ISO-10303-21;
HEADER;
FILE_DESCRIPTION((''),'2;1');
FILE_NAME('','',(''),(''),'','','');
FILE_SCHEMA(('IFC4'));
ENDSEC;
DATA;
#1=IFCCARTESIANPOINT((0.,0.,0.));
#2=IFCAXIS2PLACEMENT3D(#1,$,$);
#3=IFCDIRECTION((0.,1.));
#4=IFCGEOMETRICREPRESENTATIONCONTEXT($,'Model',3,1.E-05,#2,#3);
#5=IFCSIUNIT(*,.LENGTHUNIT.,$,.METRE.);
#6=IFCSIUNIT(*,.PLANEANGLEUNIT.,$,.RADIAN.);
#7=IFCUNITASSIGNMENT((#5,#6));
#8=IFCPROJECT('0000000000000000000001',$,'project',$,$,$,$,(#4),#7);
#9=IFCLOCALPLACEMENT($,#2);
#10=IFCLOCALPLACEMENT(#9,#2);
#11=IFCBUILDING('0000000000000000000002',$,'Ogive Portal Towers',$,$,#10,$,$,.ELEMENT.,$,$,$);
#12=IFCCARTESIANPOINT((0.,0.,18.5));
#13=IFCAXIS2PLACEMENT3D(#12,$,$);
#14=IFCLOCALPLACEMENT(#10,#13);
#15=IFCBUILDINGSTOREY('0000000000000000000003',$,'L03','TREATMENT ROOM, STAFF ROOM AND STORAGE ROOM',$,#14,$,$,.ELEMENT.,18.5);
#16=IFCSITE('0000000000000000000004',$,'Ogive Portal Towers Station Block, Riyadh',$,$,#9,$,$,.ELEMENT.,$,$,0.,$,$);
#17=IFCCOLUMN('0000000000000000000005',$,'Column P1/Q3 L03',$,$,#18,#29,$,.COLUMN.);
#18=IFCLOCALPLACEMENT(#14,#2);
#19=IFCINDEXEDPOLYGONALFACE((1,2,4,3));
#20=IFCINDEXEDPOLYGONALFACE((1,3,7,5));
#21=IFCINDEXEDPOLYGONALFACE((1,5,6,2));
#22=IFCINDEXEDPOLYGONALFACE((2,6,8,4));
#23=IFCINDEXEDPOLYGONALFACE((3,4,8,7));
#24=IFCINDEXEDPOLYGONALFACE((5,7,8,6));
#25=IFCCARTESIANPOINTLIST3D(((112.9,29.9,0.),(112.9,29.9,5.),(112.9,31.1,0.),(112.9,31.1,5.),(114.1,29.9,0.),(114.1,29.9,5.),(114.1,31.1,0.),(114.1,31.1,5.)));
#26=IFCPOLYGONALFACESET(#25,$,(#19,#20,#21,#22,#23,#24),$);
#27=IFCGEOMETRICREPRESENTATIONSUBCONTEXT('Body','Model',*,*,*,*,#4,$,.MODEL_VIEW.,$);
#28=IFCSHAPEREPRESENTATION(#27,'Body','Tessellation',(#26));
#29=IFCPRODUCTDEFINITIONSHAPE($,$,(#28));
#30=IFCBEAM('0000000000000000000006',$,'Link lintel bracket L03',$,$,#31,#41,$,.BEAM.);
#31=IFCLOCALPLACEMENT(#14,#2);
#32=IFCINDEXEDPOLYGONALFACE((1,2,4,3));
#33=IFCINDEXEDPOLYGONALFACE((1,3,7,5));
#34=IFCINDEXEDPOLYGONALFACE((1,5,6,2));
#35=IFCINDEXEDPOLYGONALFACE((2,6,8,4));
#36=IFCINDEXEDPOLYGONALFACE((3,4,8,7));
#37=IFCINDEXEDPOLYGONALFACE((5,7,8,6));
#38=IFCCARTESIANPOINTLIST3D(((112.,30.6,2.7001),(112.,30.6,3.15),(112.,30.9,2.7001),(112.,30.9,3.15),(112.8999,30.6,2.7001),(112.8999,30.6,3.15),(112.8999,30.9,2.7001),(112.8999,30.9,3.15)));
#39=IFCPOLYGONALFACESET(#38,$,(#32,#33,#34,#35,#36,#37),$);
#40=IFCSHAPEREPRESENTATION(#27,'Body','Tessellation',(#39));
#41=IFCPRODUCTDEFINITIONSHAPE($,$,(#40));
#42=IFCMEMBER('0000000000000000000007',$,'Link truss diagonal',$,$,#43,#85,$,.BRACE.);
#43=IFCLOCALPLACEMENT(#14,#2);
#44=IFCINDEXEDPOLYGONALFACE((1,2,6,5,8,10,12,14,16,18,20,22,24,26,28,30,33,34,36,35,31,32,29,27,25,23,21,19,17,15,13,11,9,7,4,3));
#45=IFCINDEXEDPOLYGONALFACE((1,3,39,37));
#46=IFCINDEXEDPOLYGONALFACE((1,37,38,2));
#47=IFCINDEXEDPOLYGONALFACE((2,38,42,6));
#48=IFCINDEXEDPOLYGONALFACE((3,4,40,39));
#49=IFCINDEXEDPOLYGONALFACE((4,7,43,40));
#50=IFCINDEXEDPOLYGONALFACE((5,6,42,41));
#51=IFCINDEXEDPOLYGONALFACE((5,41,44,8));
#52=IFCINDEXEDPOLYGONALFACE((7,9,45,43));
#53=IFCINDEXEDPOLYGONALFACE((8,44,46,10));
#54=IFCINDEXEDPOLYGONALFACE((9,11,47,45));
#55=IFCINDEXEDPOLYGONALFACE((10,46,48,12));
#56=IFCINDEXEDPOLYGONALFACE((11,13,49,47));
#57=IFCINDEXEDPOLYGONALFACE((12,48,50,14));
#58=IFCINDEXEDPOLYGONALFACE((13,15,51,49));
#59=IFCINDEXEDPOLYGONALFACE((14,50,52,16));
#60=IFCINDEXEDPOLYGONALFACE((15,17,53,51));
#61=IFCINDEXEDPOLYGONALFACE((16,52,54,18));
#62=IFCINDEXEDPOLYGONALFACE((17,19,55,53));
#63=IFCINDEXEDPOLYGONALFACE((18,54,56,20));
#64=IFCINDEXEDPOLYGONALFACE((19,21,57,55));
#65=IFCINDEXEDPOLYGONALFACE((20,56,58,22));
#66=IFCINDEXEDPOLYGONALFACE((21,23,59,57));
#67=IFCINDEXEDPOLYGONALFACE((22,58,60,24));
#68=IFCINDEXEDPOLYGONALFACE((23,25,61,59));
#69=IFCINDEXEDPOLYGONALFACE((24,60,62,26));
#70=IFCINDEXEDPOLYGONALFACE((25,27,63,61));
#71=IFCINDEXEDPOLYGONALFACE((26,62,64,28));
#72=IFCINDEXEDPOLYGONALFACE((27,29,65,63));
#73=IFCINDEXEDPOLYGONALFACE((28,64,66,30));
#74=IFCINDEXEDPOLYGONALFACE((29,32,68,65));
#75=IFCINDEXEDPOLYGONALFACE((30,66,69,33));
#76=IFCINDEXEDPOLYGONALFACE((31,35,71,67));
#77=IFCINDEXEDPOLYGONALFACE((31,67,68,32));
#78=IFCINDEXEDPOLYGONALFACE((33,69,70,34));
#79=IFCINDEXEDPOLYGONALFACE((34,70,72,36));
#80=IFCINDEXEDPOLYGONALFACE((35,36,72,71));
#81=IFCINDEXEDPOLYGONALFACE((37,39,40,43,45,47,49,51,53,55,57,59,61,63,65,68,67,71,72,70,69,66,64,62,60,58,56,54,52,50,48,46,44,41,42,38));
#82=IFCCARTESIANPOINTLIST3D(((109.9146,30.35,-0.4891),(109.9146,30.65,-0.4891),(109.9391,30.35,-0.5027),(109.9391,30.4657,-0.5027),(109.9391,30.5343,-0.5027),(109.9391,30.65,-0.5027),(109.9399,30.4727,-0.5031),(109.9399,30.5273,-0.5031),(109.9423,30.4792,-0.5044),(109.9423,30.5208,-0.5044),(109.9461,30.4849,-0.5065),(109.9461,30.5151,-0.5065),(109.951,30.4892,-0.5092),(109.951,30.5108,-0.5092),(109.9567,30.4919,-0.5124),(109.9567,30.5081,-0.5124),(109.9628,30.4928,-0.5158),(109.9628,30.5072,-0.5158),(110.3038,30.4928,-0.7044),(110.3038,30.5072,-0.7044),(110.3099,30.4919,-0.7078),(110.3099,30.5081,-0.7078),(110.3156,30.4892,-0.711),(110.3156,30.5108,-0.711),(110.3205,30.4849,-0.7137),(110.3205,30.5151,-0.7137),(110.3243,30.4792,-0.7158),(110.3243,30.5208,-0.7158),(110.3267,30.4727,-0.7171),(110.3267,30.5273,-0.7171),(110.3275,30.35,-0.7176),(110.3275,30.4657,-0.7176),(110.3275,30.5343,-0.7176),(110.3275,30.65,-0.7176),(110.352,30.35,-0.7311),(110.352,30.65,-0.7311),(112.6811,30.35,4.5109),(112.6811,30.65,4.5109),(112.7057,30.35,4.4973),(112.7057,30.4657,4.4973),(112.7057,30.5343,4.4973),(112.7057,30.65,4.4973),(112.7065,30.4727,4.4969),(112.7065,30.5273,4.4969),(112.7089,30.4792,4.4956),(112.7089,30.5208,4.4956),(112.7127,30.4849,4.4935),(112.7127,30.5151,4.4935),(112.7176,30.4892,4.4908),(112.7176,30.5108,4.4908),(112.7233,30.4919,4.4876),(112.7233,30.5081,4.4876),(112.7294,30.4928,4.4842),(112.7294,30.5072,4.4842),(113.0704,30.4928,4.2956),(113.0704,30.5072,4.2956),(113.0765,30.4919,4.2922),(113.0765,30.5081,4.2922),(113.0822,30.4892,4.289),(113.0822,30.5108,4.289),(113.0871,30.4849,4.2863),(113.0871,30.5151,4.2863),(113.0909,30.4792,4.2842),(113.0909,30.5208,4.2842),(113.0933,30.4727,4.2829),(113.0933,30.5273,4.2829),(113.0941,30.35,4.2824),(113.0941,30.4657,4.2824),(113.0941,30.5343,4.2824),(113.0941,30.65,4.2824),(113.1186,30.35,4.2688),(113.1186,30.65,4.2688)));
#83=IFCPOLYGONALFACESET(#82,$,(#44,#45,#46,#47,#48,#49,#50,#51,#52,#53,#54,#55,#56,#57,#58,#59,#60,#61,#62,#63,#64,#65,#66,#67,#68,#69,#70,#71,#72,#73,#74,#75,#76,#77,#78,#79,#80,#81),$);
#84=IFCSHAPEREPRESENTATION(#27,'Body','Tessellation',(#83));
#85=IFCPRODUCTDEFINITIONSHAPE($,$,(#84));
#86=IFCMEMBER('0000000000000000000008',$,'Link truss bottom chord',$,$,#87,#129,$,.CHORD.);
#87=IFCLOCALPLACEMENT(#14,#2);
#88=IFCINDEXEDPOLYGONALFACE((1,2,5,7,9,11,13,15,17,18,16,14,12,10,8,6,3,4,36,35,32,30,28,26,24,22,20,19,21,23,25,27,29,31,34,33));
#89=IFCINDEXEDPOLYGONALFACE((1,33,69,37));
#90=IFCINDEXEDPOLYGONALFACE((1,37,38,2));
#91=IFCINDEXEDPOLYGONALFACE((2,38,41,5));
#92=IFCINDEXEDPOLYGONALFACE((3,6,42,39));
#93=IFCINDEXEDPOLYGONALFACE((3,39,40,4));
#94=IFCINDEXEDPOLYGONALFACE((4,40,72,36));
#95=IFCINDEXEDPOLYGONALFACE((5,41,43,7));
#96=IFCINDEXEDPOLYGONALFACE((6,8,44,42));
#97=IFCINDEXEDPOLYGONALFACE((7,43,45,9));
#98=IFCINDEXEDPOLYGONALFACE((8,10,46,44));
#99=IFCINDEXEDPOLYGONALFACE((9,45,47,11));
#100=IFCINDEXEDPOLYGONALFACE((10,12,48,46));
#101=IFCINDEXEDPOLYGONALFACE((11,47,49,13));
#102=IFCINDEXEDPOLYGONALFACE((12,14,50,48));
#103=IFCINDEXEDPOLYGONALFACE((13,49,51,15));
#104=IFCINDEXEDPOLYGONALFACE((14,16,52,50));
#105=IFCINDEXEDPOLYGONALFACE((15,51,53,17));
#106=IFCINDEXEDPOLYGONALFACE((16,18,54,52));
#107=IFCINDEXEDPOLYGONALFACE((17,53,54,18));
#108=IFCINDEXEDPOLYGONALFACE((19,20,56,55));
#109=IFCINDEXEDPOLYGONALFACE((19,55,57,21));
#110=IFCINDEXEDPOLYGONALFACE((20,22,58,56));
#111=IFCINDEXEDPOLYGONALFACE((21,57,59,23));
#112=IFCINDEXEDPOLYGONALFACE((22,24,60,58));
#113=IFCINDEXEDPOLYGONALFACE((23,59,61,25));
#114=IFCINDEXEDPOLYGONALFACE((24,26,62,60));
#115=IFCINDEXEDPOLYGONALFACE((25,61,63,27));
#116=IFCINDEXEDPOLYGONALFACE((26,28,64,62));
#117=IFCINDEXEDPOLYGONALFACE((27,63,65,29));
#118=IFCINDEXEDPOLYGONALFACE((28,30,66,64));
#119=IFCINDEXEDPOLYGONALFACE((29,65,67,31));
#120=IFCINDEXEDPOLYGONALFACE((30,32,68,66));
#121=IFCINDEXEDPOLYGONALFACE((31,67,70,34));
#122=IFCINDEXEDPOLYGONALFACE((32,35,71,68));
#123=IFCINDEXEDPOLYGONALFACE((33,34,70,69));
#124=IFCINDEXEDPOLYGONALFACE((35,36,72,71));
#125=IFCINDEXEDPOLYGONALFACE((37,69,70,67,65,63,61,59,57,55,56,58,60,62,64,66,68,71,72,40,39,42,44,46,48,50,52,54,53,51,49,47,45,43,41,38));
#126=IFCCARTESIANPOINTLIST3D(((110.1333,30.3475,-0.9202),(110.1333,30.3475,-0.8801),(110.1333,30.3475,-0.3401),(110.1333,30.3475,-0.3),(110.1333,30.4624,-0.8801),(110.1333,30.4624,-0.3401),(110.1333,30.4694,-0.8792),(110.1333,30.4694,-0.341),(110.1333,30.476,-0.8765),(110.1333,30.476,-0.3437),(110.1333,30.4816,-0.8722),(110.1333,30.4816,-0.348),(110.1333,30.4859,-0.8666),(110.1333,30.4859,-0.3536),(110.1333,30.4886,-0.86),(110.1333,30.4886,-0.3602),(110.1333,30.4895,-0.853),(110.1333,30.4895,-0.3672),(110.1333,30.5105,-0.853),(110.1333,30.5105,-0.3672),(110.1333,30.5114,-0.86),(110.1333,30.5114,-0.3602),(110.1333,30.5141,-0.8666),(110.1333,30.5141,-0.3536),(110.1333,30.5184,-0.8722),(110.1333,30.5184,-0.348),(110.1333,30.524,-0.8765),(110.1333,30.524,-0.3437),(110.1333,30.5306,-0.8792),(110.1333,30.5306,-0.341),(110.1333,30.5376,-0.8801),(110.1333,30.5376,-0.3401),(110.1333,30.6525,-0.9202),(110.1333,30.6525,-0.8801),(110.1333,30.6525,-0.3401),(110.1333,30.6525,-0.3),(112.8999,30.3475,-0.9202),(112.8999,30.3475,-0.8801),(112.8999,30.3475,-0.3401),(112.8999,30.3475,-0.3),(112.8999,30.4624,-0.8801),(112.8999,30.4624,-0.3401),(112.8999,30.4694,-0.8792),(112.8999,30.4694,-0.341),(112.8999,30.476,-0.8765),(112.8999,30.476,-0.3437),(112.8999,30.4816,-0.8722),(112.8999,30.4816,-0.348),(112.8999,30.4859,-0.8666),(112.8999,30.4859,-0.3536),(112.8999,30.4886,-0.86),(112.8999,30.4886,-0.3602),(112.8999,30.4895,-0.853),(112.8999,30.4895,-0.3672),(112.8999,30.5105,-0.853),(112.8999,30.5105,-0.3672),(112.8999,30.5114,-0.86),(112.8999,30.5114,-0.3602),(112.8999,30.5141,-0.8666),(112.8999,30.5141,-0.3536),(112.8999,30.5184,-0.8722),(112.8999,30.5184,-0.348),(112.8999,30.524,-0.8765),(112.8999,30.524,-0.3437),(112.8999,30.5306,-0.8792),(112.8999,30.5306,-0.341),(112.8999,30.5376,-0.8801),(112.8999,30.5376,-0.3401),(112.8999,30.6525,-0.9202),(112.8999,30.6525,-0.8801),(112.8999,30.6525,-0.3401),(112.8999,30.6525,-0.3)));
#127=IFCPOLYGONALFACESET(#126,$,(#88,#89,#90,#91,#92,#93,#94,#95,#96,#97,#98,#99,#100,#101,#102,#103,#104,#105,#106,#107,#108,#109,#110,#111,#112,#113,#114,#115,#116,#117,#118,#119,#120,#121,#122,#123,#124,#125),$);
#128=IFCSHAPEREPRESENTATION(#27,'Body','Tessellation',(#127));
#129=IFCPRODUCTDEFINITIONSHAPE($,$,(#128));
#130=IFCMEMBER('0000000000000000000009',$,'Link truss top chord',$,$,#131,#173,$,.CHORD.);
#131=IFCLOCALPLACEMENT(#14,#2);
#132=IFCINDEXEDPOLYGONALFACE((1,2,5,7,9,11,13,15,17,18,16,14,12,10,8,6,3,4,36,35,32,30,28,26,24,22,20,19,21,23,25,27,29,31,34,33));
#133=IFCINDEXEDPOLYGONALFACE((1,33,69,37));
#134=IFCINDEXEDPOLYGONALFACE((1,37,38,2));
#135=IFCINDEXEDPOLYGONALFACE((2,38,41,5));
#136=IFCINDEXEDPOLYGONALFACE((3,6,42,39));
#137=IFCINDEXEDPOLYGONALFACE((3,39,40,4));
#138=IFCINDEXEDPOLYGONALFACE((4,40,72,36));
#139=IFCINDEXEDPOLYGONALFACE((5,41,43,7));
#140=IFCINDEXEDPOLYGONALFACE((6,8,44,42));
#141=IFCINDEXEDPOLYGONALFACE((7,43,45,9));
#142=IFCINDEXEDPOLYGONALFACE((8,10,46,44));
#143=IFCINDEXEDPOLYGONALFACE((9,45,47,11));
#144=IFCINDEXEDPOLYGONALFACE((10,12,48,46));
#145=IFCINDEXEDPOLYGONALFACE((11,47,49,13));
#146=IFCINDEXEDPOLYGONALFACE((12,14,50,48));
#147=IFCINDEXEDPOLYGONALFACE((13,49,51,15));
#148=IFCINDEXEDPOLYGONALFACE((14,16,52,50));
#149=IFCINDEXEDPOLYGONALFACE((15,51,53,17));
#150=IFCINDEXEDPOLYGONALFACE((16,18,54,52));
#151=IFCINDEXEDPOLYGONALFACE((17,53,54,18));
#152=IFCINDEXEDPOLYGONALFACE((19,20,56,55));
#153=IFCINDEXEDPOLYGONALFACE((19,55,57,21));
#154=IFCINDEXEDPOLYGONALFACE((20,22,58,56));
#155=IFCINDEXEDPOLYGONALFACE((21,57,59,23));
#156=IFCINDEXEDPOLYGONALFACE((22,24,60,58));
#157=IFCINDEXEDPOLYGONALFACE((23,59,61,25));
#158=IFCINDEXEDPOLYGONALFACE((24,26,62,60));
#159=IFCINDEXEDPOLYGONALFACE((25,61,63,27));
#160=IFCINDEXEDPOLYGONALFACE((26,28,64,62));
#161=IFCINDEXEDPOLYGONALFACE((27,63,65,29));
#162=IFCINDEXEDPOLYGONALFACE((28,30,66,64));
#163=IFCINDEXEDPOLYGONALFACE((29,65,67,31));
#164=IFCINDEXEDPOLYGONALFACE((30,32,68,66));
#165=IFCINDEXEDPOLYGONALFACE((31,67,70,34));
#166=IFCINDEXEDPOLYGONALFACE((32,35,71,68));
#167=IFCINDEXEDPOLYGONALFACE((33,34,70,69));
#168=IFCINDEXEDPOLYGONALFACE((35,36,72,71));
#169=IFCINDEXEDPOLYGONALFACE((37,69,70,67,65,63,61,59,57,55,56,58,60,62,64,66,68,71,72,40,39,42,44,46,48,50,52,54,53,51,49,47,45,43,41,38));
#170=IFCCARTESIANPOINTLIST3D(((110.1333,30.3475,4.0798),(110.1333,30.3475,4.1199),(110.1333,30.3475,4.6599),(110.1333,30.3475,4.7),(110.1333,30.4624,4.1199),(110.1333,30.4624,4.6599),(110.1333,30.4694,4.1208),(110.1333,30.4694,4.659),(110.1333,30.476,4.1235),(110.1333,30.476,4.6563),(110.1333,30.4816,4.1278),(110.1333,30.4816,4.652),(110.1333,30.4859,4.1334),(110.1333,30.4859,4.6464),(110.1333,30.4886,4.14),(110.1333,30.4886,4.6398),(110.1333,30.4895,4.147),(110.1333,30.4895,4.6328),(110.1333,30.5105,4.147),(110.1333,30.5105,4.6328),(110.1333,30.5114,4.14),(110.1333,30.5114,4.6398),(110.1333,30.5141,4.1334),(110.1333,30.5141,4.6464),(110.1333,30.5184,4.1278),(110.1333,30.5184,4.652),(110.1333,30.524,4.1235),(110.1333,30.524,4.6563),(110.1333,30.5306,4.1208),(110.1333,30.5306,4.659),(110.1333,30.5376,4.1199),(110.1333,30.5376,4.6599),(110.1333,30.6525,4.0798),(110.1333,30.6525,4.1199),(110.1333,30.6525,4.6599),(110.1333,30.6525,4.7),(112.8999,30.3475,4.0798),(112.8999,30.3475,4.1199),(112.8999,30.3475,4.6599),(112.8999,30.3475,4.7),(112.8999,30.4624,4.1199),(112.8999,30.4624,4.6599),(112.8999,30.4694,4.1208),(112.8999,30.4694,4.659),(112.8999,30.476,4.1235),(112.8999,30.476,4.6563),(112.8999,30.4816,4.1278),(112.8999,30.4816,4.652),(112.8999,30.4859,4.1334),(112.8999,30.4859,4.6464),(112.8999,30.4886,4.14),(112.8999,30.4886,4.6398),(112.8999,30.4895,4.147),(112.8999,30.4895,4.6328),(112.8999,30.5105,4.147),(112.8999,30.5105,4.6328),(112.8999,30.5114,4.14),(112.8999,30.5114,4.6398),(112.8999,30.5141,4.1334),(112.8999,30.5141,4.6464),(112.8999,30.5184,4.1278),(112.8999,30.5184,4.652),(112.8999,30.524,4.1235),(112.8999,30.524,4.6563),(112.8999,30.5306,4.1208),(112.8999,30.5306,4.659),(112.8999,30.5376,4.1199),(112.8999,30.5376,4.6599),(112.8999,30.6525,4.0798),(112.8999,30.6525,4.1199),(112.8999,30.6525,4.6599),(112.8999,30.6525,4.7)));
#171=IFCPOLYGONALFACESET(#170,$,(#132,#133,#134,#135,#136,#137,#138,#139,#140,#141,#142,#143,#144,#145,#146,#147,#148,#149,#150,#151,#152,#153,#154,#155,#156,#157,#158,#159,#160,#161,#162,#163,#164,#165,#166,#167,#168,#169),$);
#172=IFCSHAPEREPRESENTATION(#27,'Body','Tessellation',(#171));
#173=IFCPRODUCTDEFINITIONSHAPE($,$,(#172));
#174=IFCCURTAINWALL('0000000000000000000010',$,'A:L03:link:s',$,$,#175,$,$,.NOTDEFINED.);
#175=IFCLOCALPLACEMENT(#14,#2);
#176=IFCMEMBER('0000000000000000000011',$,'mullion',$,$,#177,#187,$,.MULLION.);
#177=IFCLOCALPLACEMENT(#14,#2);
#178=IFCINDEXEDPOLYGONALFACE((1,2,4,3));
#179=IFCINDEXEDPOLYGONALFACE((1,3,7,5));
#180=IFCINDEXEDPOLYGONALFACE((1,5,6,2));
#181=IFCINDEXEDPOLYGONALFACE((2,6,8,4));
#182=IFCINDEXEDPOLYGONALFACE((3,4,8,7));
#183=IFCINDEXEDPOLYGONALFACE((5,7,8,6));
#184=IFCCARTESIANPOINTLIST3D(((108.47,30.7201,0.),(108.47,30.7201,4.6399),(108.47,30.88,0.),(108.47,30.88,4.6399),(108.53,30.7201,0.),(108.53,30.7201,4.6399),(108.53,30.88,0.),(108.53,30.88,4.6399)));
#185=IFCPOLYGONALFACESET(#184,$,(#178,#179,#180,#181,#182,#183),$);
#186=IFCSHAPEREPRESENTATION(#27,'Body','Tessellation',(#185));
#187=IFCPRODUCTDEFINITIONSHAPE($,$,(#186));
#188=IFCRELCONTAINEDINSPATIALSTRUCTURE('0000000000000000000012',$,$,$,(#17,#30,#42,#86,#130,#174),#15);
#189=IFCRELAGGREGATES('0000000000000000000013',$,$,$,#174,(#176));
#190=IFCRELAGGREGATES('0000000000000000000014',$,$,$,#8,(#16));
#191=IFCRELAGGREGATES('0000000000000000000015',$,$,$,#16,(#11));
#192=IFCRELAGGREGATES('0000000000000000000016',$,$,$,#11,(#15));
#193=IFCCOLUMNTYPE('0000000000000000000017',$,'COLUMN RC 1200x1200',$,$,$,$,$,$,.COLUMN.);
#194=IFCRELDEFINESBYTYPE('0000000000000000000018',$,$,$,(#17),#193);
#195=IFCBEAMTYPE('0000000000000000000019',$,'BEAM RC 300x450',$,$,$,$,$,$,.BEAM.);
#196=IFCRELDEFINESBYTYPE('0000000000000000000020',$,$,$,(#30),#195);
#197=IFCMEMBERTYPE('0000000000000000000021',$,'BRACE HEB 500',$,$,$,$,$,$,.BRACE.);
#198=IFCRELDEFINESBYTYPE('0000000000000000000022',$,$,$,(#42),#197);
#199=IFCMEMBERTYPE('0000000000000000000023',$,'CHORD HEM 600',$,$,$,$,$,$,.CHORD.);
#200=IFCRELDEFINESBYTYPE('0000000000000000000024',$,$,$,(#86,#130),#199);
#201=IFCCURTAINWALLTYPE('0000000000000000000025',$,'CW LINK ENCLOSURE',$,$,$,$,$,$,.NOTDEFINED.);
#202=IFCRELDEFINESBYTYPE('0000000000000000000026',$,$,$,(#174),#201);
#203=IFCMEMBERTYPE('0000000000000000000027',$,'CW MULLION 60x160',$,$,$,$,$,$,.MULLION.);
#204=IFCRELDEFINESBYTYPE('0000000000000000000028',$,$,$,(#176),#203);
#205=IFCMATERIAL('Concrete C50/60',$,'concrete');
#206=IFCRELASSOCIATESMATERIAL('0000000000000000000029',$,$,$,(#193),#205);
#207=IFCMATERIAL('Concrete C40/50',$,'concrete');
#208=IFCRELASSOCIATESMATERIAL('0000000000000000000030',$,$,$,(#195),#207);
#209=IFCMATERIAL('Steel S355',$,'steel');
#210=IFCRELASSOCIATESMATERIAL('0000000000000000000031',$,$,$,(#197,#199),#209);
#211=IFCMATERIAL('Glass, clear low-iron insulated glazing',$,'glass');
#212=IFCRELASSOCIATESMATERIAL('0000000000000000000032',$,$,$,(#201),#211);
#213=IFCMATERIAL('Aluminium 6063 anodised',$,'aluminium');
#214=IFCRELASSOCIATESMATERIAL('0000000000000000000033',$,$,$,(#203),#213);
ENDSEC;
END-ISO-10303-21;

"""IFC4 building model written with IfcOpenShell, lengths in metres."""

from ifc_helpers import new_model, si_unit, direction, frame, origin, origin_2d, place, context, subcontext, project, spatial, rectangle, i_section, extrude, material, material_profile, profile_set, type_object, element, aggregate, save


model = new_model("IFC4")

# Units and contexts
model_context = context("Model", 3, precision=1e-05, world=origin(), true_north=direction((0.0, 1.0)))
body_context = subcontext(model_context, "Body", "Model", "MODEL_VIEW")
ifc_project = project(units=[si_unit("LENGTHUNIT", "METRE"), si_unit("PLANEANGLEUNIT", "RADIAN")], contexts=[model_context])

# Site, building, storey
site_placement = place(None, origin())
site = spatial("IfcSite", under=ifc_project, at=site_placement, Name="Ogive Portal Towers Station Block, Riyadh", CompositionType="ELEMENT", RefElevation=0.0)
building_placement = place(site_placement, origin())
building = spatial("IfcBuilding", under=site, at=building_placement, Name="Ogive Portal Towers", CompositionType="ELEMENT")
storey_placement = place(building_placement, frame((0.0, 0.0, 18.5)))
storey = spatial("IfcBuildingStorey", under=building, at=storey_placement, Name="L03", Description="TREATMENT ROOM, STAFF ROOM AND STORAGE ROOM", CompositionType="ELEMENT", Elevation=18.5)

# Column
ifc_material_1 = material(Name="Concrete C50/60", Category="concrete")
ifc_material_profile_1 = material_profile(ifc_material_1, rectangle(XDim=1.2, YDim=1.2, at=origin_2d()), Name="RC 1200x1200")
ifc_profile_set_1 = profile_set([ifc_material_profile_1], Name="Concrete C50/60")
column_type = type_object("IfcColumnType", Name="COLUMN RC 1200x1200", PredefinedType="COLUMN", material=ifc_profile_set_1)
column_placement = place(storey_placement, frame((113.5, 30.5, 0.0), z_axis=(0.0, 0.0, 1.0), x_axis=(1.0, 0.0, 0.0)))
element("IfcColumn", 1, at=column_placement, inside=storey, type_object=column_type, Name="Column P1/Q3 L03", PredefinedType="COLUMN", context=body_context, shape_type="SweptSolid", body=[
    extrude(rectangle(XDim=1.2, YDim=1.2, at=origin_2d()), origin(), (0.0, 0.0, 1.0), 5.0),
])

# Beam
ifc_material_2 = material(Name="Concrete C40/50", Category="concrete")
ifc_material_profile_2 = material_profile(ifc_material_2, rectangle(XDim=0.3, YDim=0.45, at=origin_2d()), Name="RC 300x450")
ifc_profile_set_2 = profile_set([ifc_material_profile_2], Name="Concrete C40/50")
beam_type = type_object("IfcBeamType", Name="BEAM RC 300x450", PredefinedType="BEAM", material=ifc_profile_set_2)
beam_placement = place(storey_placement, frame((112.8999, 30.75, 2.925), z_axis=(-1.0, 0.0, 0.0), x_axis=(0.0, -1.0, 0.0)))
element("IfcBeam", 2, at=beam_placement, inside=storey, type_object=beam_type, Name="Link lintel bracket L03", PredefinedType="BEAM", context=body_context, shape_type="SweptSolid", body=[
    extrude(rectangle(XDim=0.3, YDim=0.45, at=origin_2d()), origin(), (0.0, 0.0, 1.0), 0.8999),
])

# Members
ifc_material_3 = material(Name="Steel S355", Category="steel")
ifc_material_profile_3 = material_profile(ifc_material_3, i_section(OverallWidth=0.3, OverallDepth=0.5, WebThickness=0.0144, FlangeThickness=0.0281, FilletRadius=0.0271, at=origin_2d()), Name="HEB 500")
ifc_profile_set_3 = profile_set([ifc_material_profile_3], Name="Steel S355")
member_type_1 = type_object("IfcMemberType", Name="BRACE HEB 500", PredefinedType="BRACE", material=ifc_profile_set_3)
member_1_placement = place(storey_placement, frame((110.1333, 30.5, -0.6101), z_axis=(0.484148, 0.0, 0.874986), x_axis=(0.0, 1.0, 0.0)))
element("IfcMember", 3, at=member_1_placement, inside=storey, type_object=member_type_1, Name="Link truss diagonal", PredefinedType="BRACE", context=body_context, shape_type="SweptSolid", body=[
    extrude(i_section(OverallWidth=0.3, OverallDepth=0.5, WebThickness=0.0144, FlangeThickness=0.0281, FilletRadius=0.0271, at=origin_2d()), origin(), (0.0, 0.0, 1.0), 5.7144),
])
ifc_material_profile_4 = material_profile(ifc_material_3, i_section(OverallWidth=0.3049, OverallDepth=0.6201, WebThickness=0.021, FlangeThickness=0.04, FilletRadius=0.0271, at=origin_2d()), Name="HEM 600")
ifc_profile_set_4 = profile_set([ifc_material_profile_4], Name="Steel S355")
member_type_2 = type_object("IfcMemberType", Name="CHORD HEM 600", PredefinedType="CHORD", material=ifc_profile_set_4)
for number, where, z_axis, x_axis, name in (
    (4, (110.1333, 30.5, -0.6101), (1.0, 0.0, 0.0), (0.0, 1.0, 0.0), "Link truss bottom chord"),
    (5, (110.1333, 30.5, 4.3899), (1.0, 0.0, 0.0), (0.0, 1.0, 0.0), "Link truss top chord"),
):
    element("IfcMember", number, at=place(storey_placement, frame(where, z_axis=z_axis, x_axis=x_axis)), inside=storey, type_object=member_type_2, Name=name, PredefinedType="CHORD", context=body_context, shape_type="SweptSolid", body=[
        extrude(i_section(OverallWidth=0.3049, OverallDepth=0.6201, WebThickness=0.021, FlangeThickness=0.04, FilletRadius=0.0271, at=origin_2d()), origin(), (0.0, 0.0, 1.0), 2.7666),
    ])

# Curtain wall, member
ifc_material_4 = material(Name="Glass, clear low-iron insulated glazing", Category="glass")
curtain_wall_type = type_object("IfcCurtainWallType", Name="CW LINK ENCLOSURE", PredefinedType="NOTDEFINED", material=ifc_material_4)
curtain_wall_placement = place(storey_placement, origin())
curtain_wall = element("IfcCurtainWall", 6, at=curtain_wall_placement, inside=storey, type_object=curtain_wall_type, Name="A:L03:link:s", PredefinedType="NOTDEFINED")
ifc_material_5 = material(Name="Aluminium 6063 anodised", Category="aluminium")
ifc_material_profile_5 = material_profile(ifc_material_5, rectangle(XDim=0.1599, YDim=0.0601, at=origin_2d()), Name="AL 60x160")
ifc_profile_set_5 = profile_set([ifc_material_profile_5], Name="Aluminium 6063 anodised")
member_type_3 = type_object("IfcMemberType", Name="CW MULLION 60x160", PredefinedType="MULLION", material=ifc_profile_set_5)
member_2_placement = place(storey_placement, frame((108.5, 30.8, 0.0), z_axis=(0.0, 0.0, 1.0), x_axis=(0.0, 1.0, 0.0)))
member_2 = element("IfcMember", 7, at=member_2_placement, type_object=member_type_3, Name="mullion", PredefinedType="MULLION", context=body_context, shape_type="SweptSolid", body=[
    extrude(rectangle(XDim=0.1599, YDim=0.0601, at=origin_2d()), origin(), (0.0, 0.0, 1.0), 4.6399),
])

aggregate(curtain_wall, [member_2])

save(model, "model.ifc")
